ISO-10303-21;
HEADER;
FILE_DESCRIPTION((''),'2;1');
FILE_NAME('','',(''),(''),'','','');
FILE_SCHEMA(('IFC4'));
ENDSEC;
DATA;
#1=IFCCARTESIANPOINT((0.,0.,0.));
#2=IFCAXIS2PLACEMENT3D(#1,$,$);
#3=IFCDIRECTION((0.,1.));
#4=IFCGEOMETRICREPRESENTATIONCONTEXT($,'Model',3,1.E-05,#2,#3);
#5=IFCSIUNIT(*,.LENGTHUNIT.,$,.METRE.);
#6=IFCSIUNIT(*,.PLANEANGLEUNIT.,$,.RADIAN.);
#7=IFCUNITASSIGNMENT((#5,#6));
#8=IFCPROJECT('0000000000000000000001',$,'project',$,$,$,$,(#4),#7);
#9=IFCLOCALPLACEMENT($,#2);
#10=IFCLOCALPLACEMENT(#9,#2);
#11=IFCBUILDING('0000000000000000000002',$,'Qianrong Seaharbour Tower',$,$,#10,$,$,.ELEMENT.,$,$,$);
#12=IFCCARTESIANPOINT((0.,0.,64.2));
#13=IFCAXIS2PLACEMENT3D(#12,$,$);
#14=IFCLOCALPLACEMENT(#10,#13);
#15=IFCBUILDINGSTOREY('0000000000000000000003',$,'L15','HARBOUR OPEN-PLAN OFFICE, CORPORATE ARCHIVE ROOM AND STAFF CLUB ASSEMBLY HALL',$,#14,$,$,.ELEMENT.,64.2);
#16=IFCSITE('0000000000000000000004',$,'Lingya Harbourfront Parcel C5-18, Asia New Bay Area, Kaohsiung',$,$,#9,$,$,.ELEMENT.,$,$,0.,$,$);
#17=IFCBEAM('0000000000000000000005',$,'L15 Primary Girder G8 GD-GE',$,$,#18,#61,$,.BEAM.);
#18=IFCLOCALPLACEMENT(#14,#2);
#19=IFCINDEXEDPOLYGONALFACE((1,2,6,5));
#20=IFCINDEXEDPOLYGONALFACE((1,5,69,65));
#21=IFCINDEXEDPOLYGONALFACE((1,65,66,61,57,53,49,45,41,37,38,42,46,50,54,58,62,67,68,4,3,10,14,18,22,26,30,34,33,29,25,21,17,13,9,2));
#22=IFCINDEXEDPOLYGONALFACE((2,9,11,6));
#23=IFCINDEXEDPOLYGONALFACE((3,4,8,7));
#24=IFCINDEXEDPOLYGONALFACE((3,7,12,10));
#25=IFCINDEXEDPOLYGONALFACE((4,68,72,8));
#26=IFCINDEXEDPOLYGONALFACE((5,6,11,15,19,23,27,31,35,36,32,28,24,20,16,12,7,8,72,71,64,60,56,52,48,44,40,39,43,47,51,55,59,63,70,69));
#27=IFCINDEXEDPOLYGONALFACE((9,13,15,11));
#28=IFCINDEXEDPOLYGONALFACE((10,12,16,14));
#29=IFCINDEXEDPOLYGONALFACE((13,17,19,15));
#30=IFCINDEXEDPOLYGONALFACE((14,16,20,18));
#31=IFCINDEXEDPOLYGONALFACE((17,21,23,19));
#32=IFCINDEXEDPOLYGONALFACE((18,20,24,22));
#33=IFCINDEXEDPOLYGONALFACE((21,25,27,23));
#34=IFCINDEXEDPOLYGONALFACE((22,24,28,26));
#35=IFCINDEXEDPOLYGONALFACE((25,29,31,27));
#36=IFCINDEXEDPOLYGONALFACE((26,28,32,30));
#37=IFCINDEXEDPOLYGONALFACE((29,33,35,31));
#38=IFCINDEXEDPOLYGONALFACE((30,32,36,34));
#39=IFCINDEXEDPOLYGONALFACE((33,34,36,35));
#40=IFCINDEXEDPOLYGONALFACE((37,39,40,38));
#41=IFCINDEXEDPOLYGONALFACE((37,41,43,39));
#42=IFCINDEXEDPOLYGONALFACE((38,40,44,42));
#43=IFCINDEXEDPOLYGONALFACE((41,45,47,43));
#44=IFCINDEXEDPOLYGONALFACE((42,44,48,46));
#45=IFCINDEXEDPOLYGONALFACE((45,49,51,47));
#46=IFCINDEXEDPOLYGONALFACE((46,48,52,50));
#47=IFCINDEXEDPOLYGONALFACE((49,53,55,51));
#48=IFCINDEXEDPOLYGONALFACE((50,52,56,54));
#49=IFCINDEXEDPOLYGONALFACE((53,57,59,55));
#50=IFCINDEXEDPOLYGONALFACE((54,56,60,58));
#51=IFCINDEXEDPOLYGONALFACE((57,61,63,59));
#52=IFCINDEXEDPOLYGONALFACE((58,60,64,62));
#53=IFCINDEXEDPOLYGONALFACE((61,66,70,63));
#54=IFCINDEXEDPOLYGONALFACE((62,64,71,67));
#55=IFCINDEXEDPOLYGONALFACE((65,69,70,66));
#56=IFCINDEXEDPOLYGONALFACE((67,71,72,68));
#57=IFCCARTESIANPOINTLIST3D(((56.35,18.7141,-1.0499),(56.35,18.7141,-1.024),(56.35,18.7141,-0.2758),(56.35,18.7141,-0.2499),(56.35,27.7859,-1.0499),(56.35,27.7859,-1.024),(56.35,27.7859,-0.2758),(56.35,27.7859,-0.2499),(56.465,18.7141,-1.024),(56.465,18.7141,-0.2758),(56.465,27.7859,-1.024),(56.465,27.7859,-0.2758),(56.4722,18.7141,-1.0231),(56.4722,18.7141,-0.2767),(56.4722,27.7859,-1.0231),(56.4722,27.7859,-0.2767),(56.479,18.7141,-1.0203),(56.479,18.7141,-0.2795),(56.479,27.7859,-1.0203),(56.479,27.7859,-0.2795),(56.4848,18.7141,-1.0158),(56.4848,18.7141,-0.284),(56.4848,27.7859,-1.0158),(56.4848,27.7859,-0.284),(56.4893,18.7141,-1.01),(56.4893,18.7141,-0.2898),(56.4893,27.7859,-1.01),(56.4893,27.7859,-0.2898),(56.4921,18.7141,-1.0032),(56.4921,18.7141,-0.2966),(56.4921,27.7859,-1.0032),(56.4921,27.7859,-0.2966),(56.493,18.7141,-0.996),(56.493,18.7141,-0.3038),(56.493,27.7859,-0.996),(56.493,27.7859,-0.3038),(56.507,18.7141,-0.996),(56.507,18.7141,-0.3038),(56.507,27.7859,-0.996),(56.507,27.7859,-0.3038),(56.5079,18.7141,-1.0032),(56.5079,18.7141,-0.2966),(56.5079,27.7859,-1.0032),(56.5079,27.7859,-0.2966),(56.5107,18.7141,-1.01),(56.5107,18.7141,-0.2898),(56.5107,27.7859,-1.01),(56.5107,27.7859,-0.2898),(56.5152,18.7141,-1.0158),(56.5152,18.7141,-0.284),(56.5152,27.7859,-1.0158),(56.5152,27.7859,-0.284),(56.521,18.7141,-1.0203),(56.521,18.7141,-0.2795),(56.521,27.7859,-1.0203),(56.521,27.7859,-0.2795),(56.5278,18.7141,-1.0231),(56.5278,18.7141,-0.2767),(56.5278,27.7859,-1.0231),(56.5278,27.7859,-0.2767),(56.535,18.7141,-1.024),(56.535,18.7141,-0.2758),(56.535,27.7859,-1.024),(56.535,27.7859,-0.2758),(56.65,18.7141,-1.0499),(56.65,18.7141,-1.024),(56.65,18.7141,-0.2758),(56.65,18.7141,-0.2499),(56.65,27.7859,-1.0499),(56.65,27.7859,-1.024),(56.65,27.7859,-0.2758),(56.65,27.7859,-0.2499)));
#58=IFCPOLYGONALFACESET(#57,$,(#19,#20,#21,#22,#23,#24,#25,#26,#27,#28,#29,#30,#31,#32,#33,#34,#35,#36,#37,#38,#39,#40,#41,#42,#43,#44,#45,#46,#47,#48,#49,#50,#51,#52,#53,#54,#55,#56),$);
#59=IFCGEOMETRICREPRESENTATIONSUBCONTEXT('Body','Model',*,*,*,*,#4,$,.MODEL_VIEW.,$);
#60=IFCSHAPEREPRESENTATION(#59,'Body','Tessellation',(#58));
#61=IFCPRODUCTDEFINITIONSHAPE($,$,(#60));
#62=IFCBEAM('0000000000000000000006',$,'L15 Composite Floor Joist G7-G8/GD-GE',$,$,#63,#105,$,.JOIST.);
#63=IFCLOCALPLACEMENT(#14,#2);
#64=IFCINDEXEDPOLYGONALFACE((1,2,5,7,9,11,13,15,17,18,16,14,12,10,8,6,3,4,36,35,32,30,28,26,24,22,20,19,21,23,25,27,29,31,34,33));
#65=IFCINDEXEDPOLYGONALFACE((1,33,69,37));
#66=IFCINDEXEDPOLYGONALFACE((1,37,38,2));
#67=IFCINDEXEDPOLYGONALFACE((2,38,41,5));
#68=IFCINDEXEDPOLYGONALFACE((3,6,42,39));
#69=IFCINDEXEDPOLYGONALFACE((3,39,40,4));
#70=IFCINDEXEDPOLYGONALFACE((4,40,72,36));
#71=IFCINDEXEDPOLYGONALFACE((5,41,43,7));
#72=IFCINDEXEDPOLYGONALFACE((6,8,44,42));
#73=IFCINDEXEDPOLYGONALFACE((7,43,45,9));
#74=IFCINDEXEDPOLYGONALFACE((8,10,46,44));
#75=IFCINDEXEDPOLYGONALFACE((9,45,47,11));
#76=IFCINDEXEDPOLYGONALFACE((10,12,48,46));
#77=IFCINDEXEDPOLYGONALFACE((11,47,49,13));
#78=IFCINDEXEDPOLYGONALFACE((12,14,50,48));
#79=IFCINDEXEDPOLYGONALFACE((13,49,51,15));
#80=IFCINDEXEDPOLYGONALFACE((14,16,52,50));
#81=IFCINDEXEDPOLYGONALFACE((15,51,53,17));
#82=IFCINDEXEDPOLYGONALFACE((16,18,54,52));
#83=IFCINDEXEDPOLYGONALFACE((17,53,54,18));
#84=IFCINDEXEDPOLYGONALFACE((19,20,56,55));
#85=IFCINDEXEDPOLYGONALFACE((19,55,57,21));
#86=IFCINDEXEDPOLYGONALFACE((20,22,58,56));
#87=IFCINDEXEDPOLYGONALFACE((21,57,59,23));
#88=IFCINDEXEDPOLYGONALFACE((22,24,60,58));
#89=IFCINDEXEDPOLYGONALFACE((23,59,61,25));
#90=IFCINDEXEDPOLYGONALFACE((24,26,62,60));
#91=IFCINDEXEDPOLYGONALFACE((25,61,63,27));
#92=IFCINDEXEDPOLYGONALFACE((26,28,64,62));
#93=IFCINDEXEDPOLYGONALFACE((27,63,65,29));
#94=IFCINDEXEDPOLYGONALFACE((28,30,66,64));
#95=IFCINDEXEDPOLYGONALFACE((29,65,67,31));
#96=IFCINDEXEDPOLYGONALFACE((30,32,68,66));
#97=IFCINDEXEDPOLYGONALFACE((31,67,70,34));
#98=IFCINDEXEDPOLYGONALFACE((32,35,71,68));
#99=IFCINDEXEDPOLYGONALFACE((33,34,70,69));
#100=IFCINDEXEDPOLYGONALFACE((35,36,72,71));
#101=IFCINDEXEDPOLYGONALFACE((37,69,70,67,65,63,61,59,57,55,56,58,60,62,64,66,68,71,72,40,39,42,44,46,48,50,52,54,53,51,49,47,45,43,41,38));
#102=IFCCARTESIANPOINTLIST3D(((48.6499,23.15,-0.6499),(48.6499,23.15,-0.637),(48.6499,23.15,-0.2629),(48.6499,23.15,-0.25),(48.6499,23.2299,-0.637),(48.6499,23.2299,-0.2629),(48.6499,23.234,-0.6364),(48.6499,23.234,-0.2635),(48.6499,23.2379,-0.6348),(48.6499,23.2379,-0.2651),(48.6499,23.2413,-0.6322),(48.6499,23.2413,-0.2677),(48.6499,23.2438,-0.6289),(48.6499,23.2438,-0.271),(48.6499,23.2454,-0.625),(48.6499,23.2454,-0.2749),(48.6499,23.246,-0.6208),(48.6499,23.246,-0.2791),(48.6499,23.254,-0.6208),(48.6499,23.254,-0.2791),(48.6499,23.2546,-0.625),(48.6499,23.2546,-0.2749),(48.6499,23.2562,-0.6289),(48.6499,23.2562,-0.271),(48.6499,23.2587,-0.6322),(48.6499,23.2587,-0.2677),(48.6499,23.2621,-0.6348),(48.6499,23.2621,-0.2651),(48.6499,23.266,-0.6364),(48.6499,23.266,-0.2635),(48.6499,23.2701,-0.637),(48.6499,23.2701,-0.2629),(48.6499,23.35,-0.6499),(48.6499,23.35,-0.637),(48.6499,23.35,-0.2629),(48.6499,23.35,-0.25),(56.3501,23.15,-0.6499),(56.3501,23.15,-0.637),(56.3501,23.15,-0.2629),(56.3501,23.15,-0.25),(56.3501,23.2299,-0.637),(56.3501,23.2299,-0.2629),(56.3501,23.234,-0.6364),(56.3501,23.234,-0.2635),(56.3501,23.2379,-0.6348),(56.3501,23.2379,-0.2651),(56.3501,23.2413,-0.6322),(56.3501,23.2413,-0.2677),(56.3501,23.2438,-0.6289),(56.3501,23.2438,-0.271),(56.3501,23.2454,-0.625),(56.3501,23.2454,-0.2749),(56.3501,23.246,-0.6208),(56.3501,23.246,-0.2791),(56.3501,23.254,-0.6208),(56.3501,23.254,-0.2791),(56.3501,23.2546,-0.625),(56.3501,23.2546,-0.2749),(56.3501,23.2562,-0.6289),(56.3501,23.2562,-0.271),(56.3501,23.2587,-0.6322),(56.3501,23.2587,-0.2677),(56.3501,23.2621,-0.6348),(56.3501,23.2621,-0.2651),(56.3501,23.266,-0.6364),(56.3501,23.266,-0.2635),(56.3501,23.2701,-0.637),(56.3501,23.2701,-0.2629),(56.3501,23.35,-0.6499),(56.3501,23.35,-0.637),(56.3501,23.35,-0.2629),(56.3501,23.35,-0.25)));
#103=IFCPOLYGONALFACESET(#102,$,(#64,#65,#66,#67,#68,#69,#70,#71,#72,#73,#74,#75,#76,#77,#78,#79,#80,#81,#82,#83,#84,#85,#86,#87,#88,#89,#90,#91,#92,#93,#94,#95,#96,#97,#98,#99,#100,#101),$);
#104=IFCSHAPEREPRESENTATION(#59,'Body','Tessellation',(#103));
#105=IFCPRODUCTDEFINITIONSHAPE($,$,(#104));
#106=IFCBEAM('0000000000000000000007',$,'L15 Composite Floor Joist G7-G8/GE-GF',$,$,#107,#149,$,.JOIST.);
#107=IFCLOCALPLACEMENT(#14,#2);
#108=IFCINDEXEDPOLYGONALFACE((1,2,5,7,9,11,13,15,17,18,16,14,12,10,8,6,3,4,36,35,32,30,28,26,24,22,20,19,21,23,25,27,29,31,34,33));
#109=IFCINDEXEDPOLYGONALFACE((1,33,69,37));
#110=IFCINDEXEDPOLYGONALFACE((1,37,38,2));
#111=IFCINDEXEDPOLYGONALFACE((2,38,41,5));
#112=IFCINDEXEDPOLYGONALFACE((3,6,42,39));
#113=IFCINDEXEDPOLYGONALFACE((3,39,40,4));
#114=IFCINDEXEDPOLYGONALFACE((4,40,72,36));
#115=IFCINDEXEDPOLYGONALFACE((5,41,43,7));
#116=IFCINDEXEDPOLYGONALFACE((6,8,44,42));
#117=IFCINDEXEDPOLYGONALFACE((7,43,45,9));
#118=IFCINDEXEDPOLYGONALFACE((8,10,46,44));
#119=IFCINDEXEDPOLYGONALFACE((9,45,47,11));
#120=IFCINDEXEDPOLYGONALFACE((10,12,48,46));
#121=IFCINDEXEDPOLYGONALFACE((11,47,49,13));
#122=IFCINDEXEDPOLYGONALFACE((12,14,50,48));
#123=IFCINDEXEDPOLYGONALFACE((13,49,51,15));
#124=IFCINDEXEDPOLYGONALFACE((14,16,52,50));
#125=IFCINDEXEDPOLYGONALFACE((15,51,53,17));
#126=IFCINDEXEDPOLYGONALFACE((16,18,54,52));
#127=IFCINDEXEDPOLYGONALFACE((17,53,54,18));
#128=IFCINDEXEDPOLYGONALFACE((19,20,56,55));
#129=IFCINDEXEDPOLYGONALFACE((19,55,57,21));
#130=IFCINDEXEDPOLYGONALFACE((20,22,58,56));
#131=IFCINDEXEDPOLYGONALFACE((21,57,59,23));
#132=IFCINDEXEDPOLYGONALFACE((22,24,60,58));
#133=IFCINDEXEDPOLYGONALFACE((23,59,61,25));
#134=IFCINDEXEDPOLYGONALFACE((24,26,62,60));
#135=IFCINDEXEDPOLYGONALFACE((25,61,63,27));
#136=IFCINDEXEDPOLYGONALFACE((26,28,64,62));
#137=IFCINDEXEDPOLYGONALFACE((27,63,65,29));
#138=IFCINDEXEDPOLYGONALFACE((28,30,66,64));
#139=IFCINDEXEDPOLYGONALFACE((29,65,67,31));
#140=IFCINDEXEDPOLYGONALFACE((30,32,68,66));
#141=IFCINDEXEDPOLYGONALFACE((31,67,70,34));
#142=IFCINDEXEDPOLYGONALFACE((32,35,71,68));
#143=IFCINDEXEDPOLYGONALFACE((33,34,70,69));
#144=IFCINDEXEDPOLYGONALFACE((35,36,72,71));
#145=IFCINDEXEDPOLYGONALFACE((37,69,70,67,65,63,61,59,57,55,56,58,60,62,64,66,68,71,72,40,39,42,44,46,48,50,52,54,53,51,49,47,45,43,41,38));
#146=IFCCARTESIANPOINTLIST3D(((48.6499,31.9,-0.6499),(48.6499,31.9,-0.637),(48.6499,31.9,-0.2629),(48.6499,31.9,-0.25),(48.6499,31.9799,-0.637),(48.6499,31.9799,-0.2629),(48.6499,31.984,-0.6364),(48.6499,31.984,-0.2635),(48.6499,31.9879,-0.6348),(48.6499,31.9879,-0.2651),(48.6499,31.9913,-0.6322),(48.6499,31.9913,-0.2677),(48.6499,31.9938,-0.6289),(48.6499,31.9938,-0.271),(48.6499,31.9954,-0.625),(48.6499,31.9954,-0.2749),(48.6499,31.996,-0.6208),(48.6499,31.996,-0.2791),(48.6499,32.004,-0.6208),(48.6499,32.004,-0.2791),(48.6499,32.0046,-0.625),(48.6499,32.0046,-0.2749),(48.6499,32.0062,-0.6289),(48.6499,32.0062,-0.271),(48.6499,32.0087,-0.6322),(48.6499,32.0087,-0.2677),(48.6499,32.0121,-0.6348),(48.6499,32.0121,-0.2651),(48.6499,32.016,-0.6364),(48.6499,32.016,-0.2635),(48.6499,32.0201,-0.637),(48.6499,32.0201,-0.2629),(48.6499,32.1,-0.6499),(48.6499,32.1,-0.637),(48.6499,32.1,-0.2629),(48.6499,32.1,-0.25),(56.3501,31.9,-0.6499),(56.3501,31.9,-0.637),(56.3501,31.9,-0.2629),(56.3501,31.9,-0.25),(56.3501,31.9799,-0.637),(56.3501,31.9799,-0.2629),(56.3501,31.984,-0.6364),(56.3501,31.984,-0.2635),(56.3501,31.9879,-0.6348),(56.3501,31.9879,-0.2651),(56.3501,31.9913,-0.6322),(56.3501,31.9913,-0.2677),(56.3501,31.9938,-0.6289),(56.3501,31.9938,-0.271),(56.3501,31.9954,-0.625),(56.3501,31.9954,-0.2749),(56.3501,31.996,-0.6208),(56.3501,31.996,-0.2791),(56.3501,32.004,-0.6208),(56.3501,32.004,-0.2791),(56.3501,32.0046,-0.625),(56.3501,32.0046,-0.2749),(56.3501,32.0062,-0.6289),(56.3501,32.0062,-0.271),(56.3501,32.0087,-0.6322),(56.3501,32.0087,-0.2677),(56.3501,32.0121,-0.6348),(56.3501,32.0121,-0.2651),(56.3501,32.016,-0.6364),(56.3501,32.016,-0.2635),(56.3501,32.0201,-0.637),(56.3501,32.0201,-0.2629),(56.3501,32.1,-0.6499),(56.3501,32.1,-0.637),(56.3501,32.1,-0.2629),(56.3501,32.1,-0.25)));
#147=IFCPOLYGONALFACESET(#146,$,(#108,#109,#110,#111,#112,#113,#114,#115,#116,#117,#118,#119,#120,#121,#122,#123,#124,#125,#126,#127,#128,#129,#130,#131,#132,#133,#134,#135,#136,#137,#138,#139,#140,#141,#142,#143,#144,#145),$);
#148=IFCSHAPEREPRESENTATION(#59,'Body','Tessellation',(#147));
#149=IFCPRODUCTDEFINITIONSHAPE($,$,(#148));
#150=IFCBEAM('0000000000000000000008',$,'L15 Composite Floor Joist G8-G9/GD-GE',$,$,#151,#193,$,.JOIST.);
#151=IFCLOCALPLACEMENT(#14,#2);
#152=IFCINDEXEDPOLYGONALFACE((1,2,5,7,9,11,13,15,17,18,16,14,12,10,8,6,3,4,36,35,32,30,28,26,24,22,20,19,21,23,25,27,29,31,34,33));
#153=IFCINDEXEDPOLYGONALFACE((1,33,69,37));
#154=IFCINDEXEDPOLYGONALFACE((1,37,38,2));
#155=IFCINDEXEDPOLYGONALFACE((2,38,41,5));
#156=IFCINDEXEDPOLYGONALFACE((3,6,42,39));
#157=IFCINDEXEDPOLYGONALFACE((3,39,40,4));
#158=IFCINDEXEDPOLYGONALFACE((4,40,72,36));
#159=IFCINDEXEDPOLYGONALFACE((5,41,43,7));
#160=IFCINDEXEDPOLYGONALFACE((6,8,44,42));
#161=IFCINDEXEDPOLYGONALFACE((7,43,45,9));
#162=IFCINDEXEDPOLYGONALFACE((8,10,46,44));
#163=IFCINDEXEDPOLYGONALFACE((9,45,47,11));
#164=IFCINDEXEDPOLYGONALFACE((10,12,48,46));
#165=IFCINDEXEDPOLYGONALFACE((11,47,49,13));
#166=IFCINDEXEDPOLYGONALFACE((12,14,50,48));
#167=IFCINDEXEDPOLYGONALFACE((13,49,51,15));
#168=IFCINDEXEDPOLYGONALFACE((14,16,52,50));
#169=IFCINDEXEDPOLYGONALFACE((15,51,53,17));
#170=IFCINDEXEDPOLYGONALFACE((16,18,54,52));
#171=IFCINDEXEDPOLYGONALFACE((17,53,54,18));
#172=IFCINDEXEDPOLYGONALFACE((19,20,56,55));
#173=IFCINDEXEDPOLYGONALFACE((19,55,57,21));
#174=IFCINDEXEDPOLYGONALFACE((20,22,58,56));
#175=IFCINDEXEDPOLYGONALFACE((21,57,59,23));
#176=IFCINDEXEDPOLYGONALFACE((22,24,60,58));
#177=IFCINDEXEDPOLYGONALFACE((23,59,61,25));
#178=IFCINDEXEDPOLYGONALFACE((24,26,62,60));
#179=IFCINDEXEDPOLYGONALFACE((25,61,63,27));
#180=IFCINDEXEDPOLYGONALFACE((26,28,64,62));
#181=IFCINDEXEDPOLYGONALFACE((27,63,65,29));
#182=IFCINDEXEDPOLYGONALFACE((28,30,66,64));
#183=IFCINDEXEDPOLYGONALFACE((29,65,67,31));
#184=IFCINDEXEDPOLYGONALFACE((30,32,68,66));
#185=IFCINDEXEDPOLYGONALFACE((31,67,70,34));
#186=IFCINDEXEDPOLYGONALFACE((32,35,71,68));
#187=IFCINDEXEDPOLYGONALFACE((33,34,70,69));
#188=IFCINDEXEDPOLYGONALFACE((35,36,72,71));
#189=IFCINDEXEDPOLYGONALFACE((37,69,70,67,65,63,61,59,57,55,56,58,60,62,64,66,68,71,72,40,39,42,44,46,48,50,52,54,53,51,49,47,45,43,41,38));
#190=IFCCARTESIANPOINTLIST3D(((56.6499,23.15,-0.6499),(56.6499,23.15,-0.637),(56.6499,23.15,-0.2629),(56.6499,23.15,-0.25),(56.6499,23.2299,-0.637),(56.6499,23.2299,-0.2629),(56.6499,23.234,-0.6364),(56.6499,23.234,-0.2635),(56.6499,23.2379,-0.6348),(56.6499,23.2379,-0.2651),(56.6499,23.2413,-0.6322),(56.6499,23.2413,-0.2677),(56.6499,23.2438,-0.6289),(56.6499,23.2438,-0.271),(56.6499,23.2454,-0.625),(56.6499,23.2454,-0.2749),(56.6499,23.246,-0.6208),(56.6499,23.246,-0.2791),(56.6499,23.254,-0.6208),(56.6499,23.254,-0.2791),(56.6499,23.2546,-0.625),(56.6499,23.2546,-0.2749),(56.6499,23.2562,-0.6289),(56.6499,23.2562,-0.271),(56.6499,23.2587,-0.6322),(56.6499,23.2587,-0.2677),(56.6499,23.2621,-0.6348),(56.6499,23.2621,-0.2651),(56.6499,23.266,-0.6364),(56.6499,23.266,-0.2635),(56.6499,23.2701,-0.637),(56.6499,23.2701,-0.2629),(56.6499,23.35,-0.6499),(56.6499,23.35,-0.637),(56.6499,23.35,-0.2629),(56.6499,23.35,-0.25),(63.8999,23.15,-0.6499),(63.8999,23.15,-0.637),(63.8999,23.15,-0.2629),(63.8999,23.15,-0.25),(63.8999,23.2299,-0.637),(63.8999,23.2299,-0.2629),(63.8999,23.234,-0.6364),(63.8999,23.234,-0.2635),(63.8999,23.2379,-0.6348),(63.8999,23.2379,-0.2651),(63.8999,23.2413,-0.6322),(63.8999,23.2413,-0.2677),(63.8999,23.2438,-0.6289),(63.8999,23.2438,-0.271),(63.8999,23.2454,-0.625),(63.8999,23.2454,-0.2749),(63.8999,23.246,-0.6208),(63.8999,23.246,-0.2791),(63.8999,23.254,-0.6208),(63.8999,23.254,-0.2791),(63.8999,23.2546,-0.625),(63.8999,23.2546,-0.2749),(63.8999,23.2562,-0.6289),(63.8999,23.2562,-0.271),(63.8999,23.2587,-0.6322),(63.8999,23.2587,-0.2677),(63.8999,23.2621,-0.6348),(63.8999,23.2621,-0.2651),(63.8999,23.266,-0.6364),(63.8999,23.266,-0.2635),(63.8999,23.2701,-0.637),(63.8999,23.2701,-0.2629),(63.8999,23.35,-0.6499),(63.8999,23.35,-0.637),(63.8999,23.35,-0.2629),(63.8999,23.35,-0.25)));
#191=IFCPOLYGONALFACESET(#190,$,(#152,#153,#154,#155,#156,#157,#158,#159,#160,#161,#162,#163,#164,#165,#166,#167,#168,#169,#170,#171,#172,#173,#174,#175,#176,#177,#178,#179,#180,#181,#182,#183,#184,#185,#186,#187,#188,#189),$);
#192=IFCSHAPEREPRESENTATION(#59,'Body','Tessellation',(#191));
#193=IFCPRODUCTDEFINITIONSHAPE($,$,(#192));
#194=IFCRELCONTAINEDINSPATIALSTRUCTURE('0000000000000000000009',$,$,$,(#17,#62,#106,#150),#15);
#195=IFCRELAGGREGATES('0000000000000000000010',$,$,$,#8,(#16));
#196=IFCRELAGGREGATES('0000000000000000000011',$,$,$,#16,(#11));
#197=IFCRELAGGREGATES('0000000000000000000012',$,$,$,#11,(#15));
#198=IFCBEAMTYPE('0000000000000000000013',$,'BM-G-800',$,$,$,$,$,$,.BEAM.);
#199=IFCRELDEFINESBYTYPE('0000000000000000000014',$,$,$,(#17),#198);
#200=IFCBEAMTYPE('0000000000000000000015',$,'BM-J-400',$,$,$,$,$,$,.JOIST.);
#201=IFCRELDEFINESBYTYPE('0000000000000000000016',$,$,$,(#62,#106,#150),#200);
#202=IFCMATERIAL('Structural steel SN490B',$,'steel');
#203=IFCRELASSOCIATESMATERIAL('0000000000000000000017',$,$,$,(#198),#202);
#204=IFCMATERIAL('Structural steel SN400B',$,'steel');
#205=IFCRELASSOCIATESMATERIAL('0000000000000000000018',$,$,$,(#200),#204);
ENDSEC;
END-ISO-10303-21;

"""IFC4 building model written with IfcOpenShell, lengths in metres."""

from ifc_helpers import new_model, si_unit, direction, frame, origin, origin_2d, place, context, subcontext, project, spatial, i_section, extrude, material, material_profile, profile_set, type_object, element, save


model = new_model("IFC4")

# Units and contexts
model_context = context("Model", 3, precision=1e-05, world=origin(), true_north=direction((0.0, 1.0)))
body_context = subcontext(model_context, "Body", "Model", "MODEL_VIEW")
ifc_project = project(units=[si_unit("LENGTHUNIT", "METRE"), si_unit("PLANEANGLEUNIT", "RADIAN")], contexts=[model_context])

# Site, building, storey
site_placement = place(None, origin())
site = spatial("IfcSite", under=ifc_project, at=site_placement, Name="Lingya Harbourfront Parcel C5-18, Asia New Bay Area, Kaohsiung", CompositionType="ELEMENT", RefElevation=0.0)
building_placement = place(site_placement, origin())
building = spatial("IfcBuilding", under=site, at=building_placement, Name="Qianrong Seaharbour Tower", CompositionType="ELEMENT")
storey_placement = place(building_placement, frame((0.0, 0.0, 64.2)))
storey = spatial("IfcBuildingStorey", under=building, at=storey_placement, Name="L15", Description="HARBOUR OPEN-PLAN OFFICE, CORPORATE ARCHIVE ROOM AND STAFF CLUB ASSEMBLY HALL", CompositionType="ELEMENT", Elevation=64.2)

# Shared definitions
ifc_material_1 = material(Name="Structural steel SN490B", Category="steel")

# Beams
ifc_material_profile_1 = material_profile(ifc_material_1, i_section(OverallWidth=0.3, OverallDepth=0.8, WebThickness=0.0139, FlangeThickness=0.0259, FilletRadius=0.0281, at=origin_2d()), Name="H800x300x14x26")
ifc_profile_set_1 = profile_set([ifc_material_profile_1], Name="Structural steel SN490B")
beam_type_1 = type_object("IfcBeamType", Name="BM-G-800", PredefinedType="BEAM", material=ifc_profile_set_1)
for number, where, z_axis, x_axis, name in (
    (1, (56.5, 18.7141, -0.6499), (0.0, 1.0, 0.0), (-1.0, 0.0, 0.0), "L15 Primary Girder G8 GD-GE"),
):
    element("IfcBeam", number, at=place(storey_placement, frame(where, z_axis=z_axis, x_axis=x_axis)), inside=storey, type_object=beam_type_1, Name=name, PredefinedType="BEAM", context=body_context, shape_type="SweptSolid", body=[
        extrude(i_section(OverallWidth=0.3, OverallDepth=0.8, WebThickness=0.0139, FlangeThickness=0.0259, FilletRadius=0.0281, at=origin_2d()), origin(), (0.0, 0.0, 1.0), 9.0718),
    ])
ifc_material_2 = material(Name="Structural steel SN400B", Category="steel")
ifc_material_profile_2 = material_profile(ifc_material_2, i_section(OverallWidth=0.2, OverallDepth=0.3999, WebThickness=0.0081, FlangeThickness=0.0129, FilletRadius=0.0161, at=origin_2d()), Name="H400x200x8x13")
ifc_profile_set_2 = profile_set([ifc_material_profile_2], Name="Structural steel SN400B")
beam_type_2 = type_object("IfcBeamType", Name="BM-J-400", PredefinedType="JOIST", material=ifc_profile_set_2)
for number, where, z_axis, x_axis, name in (
    (2, (48.6499, 23.25, -0.45), (1.0, 0.0, 0.0), (0.0, 1.0, 0.0), "L15 Composite Floor Joist G7-G8/GD-GE"),
    (3, (48.6499, 32.0, -0.45), (1.0, 0.0, 0.0), (0.0, 1.0, 0.0), "L15 Composite Floor Joist G7-G8/GE-GF"),
):
    element("IfcBeam", number, at=place(storey_placement, frame(where, z_axis=z_axis, x_axis=x_axis)), inside=storey, type_object=beam_type_2, Name=name, PredefinedType="JOIST", context=body_context, shape_type="SweptSolid", body=[
        extrude(i_section(OverallWidth=0.2, OverallDepth=0.3999, WebThickness=0.0081, FlangeThickness=0.0129, FilletRadius=0.0161, at=origin_2d()), origin(), (0.0, 0.0, 1.0), 7.7002),
    ])
for number, where, z_axis, x_axis, name in (
    (4, (56.6499, 23.25, -0.45), (1.0, 0.0, 0.0), (0.0, 1.0, 0.0), "L15 Composite Floor Joist G8-G9/GD-GE"),
):
    element("IfcBeam", number, at=place(storey_placement, frame(where, z_axis=z_axis, x_axis=x_axis)), inside=storey, type_object=beam_type_2, Name=name, PredefinedType="JOIST", context=body_context, shape_type="SweptSolid", body=[
        extrude(i_section(OverallWidth=0.2, OverallDepth=0.3999, WebThickness=0.0081, FlangeThickness=0.0129, FilletRadius=0.0161, at=origin_2d()), origin(), (0.0, 0.0, 1.0), 7.25),
    ])

save(model, "model.ifc")
